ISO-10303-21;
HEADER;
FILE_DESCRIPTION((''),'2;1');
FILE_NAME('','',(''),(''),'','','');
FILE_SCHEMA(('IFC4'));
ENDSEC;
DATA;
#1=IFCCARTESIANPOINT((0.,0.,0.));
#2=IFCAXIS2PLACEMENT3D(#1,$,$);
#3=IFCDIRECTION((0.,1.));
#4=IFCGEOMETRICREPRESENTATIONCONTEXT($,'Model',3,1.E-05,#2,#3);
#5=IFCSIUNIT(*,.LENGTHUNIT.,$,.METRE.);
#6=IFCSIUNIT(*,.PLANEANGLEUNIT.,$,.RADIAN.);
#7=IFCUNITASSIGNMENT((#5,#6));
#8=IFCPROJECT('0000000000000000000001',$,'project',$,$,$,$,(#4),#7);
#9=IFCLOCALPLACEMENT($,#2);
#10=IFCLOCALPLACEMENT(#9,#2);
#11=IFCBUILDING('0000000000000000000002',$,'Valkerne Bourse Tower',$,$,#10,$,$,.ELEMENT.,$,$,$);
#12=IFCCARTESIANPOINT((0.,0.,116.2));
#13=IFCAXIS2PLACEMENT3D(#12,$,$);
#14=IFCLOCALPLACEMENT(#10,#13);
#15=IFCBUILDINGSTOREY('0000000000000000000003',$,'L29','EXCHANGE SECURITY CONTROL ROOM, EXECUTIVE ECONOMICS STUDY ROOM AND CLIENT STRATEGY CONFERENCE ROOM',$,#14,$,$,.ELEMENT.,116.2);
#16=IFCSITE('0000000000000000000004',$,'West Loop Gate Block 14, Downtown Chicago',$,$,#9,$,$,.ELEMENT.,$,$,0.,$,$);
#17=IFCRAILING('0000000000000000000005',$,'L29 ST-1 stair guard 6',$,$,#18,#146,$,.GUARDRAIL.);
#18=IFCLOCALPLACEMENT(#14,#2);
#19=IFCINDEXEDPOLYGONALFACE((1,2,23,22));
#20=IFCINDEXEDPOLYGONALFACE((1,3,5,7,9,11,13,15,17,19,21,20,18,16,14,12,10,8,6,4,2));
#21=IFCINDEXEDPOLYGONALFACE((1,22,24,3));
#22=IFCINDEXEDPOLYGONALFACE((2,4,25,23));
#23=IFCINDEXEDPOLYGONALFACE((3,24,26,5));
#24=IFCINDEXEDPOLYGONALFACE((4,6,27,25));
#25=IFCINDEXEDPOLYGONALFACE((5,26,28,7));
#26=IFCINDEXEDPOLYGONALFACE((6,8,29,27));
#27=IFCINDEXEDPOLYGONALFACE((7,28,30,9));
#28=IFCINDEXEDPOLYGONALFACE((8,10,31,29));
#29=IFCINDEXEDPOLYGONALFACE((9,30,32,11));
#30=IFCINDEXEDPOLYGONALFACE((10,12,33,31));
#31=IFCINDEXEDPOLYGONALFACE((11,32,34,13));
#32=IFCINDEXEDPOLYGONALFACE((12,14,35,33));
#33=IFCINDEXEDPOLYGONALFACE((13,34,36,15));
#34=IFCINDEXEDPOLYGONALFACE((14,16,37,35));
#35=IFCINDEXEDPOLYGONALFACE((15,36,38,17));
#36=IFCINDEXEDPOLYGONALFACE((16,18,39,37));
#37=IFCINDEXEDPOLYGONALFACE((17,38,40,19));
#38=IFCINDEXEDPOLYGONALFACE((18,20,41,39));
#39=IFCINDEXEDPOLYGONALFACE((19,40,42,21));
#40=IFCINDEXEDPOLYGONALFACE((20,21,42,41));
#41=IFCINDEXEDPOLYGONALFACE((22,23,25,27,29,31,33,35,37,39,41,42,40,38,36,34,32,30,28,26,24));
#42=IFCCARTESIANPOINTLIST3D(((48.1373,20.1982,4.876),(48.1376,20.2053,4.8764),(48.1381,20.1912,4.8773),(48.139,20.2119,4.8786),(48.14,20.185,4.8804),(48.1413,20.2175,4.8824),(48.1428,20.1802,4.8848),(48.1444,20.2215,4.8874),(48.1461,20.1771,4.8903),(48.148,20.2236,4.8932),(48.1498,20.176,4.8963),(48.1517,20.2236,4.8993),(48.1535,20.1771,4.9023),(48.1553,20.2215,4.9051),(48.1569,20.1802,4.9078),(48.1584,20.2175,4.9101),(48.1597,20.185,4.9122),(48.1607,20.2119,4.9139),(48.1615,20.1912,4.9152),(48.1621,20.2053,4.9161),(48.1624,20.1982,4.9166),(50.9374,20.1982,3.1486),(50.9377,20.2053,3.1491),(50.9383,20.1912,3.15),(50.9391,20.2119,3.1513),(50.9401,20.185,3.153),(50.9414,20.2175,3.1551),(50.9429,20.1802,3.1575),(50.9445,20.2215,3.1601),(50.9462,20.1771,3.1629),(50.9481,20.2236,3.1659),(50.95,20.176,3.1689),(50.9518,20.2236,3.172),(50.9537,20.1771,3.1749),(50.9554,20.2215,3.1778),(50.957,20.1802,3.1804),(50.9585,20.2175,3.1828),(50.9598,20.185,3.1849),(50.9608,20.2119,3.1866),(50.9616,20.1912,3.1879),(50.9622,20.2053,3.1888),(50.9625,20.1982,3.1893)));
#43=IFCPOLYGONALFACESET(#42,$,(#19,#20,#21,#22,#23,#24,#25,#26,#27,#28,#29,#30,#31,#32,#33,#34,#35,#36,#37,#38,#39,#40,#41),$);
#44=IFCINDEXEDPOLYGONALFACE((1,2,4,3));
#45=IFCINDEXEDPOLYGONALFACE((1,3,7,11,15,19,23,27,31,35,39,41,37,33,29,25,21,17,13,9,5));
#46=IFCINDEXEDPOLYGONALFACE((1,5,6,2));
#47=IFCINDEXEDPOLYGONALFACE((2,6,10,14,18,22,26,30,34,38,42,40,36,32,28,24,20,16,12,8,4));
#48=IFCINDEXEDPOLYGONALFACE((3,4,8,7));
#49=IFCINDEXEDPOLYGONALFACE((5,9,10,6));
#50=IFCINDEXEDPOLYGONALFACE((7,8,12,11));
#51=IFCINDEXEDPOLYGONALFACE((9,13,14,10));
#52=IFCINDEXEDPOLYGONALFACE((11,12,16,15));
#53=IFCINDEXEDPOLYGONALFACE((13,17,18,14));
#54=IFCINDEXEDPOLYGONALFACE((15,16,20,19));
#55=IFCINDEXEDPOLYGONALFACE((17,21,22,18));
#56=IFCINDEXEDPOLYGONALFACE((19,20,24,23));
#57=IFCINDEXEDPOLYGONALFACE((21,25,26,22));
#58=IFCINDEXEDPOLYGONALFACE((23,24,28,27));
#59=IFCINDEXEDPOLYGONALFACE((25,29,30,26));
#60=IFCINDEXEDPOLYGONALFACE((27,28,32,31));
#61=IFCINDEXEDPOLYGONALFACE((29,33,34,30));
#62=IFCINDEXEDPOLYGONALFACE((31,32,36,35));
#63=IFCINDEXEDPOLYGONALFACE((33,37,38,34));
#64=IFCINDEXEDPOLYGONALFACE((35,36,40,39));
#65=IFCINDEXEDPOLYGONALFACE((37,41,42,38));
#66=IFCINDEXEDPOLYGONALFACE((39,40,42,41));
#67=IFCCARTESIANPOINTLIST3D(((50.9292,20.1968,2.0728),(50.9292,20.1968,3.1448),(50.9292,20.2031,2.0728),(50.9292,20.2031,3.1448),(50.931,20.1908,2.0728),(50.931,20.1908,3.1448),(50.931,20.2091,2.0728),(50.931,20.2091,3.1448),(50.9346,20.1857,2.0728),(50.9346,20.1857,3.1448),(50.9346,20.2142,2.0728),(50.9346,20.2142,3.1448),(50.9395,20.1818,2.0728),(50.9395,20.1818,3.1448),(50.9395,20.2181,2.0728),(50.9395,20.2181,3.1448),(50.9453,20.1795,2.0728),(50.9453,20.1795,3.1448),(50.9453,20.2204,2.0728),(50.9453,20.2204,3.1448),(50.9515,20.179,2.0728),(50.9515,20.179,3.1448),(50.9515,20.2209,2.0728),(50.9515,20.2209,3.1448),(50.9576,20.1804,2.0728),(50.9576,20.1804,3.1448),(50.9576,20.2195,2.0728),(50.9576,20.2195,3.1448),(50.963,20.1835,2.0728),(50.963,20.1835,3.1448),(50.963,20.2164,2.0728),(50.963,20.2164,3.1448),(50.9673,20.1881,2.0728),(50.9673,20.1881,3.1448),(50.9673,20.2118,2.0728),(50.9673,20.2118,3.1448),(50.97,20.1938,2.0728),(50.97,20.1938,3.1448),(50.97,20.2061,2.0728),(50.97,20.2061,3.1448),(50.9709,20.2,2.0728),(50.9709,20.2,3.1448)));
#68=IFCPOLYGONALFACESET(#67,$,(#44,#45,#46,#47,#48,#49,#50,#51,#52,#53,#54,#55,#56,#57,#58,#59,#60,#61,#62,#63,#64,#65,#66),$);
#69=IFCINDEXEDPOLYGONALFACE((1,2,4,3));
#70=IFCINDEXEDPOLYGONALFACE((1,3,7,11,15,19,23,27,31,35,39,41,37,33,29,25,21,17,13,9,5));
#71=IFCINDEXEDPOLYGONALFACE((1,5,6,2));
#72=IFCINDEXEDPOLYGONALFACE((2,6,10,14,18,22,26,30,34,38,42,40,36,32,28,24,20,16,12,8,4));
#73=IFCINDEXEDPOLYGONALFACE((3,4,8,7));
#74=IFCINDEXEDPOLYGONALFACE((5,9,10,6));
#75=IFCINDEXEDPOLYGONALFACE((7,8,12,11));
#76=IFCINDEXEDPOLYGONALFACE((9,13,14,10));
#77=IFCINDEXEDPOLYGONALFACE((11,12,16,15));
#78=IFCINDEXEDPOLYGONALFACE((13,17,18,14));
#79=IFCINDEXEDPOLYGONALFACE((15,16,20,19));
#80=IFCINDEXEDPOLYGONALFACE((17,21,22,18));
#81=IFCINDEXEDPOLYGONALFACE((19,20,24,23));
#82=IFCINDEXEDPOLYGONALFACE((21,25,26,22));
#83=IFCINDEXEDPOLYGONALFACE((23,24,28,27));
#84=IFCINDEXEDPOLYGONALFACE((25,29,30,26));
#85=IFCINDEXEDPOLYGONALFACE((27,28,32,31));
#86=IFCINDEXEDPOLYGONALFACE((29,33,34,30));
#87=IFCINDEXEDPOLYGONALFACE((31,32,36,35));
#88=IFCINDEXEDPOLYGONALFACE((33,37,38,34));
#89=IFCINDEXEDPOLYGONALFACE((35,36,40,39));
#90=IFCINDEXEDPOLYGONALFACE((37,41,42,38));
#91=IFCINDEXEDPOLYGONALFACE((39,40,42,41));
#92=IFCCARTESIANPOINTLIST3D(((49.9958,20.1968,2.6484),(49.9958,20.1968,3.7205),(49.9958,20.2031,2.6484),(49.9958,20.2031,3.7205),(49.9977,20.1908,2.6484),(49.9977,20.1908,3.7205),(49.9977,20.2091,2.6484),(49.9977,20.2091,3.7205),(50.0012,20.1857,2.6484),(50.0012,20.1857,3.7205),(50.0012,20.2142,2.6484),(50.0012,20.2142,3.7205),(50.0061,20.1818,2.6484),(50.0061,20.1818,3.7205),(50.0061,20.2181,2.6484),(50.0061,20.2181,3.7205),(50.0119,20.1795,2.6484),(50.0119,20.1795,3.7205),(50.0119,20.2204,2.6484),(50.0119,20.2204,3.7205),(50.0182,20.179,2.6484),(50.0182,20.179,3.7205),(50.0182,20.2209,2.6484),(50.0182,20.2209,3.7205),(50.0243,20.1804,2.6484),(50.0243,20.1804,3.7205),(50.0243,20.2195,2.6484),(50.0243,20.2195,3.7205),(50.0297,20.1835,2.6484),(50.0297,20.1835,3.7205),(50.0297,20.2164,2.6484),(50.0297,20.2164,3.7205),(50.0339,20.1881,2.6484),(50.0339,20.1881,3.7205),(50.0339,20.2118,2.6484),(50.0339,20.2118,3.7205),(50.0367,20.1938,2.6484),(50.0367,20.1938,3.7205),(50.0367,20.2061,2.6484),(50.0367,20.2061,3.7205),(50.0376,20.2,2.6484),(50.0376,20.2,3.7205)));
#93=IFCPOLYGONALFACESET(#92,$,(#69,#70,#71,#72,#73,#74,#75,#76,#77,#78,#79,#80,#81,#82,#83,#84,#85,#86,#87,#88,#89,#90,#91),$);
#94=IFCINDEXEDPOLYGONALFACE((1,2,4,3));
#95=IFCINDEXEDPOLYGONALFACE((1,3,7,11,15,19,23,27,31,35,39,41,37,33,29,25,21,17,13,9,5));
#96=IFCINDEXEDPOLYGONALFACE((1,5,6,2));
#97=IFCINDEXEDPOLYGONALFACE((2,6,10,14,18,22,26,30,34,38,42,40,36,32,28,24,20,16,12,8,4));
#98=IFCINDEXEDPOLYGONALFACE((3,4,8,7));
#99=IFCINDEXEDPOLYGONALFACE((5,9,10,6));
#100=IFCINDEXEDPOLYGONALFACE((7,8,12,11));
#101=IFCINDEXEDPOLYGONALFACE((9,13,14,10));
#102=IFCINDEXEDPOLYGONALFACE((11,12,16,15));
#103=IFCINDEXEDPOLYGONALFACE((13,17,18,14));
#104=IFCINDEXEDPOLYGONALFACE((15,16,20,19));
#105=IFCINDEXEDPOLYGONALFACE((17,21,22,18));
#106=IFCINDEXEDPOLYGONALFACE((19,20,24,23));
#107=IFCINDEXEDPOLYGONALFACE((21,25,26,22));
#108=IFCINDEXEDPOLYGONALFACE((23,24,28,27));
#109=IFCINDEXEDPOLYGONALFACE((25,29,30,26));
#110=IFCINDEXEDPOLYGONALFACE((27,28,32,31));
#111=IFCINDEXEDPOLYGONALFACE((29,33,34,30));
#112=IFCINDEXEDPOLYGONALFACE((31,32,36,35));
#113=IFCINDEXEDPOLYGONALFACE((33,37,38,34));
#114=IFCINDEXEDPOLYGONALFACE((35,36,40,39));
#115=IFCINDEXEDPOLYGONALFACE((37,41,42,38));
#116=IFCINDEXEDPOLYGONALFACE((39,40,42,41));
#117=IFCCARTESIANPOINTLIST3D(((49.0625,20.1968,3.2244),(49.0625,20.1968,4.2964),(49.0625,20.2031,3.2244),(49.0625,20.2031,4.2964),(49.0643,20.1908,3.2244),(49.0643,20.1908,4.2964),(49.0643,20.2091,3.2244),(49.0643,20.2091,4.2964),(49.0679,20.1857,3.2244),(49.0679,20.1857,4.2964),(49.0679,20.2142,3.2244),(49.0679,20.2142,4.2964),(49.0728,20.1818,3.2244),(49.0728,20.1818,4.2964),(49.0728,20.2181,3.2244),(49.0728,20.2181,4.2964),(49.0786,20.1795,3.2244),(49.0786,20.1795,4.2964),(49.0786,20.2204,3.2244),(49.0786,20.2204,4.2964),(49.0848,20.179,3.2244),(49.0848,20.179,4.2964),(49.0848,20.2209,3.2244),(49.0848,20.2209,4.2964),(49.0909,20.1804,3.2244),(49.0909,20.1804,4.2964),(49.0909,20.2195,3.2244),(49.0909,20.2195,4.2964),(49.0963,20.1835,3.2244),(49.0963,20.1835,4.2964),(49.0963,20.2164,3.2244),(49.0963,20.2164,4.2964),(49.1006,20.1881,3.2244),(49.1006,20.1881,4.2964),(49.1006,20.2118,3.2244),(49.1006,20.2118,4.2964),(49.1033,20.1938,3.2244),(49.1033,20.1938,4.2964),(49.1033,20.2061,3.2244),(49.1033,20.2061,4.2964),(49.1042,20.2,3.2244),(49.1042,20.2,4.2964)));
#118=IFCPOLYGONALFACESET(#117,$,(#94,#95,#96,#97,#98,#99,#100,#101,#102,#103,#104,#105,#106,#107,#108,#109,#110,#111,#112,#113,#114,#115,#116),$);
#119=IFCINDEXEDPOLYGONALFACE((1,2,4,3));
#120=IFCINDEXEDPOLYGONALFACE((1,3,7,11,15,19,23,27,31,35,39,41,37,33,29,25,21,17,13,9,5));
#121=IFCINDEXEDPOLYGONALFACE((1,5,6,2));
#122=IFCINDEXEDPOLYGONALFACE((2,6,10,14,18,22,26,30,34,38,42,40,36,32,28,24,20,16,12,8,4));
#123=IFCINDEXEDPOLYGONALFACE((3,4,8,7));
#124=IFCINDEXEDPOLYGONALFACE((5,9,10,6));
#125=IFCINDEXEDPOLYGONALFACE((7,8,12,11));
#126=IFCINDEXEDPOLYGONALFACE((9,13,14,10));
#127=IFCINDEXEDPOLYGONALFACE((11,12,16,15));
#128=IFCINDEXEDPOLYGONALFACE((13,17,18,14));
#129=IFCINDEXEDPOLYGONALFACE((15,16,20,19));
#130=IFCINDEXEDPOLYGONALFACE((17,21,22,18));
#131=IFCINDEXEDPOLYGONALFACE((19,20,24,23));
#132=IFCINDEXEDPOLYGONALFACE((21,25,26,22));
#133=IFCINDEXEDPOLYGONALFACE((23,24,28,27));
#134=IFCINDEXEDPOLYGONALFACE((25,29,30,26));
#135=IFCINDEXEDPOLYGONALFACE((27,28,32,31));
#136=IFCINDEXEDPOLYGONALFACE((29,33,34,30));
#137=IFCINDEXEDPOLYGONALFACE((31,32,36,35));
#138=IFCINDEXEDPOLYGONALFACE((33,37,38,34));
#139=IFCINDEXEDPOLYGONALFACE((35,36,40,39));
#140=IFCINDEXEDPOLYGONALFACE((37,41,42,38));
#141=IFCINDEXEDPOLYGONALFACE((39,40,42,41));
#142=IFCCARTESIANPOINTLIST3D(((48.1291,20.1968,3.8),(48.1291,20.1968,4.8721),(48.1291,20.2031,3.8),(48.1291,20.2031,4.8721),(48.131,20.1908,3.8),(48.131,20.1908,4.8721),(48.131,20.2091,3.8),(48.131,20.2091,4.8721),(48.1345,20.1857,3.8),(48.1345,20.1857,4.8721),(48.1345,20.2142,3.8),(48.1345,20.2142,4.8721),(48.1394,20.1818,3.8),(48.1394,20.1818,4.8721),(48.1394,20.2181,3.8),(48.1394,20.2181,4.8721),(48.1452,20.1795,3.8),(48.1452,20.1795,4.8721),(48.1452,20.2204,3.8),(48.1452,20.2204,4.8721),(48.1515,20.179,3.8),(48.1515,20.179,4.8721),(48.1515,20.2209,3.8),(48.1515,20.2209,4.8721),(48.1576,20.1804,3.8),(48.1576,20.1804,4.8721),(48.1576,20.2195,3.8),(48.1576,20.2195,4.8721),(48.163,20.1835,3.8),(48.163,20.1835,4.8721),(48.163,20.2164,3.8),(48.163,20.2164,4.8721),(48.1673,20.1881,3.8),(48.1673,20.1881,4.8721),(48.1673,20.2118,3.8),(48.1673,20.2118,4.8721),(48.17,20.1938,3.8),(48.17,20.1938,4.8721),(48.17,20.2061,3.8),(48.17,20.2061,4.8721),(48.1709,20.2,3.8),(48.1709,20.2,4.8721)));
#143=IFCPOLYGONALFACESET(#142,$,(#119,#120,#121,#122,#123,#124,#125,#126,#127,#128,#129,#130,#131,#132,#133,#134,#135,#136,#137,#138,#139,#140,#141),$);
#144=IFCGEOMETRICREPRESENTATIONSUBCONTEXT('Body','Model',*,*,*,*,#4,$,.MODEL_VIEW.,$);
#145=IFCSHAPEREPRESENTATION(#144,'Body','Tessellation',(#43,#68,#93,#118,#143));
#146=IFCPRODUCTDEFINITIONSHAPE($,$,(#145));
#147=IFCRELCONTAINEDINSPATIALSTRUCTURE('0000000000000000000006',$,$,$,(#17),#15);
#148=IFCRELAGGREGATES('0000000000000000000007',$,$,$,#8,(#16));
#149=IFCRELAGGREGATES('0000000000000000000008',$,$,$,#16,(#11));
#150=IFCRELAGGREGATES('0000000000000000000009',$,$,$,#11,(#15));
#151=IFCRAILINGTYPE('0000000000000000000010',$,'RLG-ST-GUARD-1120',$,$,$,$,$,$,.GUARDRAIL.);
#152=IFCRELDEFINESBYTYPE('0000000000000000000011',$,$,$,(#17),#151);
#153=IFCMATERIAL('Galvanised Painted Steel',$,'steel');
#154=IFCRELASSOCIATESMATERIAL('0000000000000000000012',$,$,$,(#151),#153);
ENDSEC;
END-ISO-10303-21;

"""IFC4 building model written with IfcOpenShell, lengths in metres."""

from ifc_helpers import new_model, si_unit, direction, frame, origin, origin_2d, place, context, subcontext, project, spatial, circle, extrude, material, type_object, element, save


model = new_model("IFC4")

# Units and contexts
model_context = context("Model", 3, precision=1e-05, world=origin(), true_north=direction((0.0, 1.0)))
body_context = subcontext(model_context, "Body", "Model", "MODEL_VIEW")
ifc_project = project(units=[si_unit("LENGTHUNIT", "METRE"), si_unit("PLANEANGLEUNIT", "RADIAN")], contexts=[model_context])

# Site, building, storey
site_placement = place(None, origin())
site = spatial("IfcSite", under=ifc_project, at=site_placement, Name="West Loop Gate Block 14, Downtown Chicago", CompositionType="ELEMENT", RefElevation=0.0)
building_placement = place(site_placement, origin())
building = spatial("IfcBuilding", under=site, at=building_placement, Name="Valkerne Bourse Tower", CompositionType="ELEMENT")
storey_placement = place(building_placement, frame((0.0, 0.0, 116.2)))
storey = spatial("IfcBuildingStorey", under=building, at=storey_placement, Name="L29", Description="EXCHANGE SECURITY CONTROL ROOM, EXECUTIVE ECONOMICS STUDY ROOM AND CLIENT STRATEGY CONFERENCE ROOM", CompositionType="ELEMENT", Elevation=116.2)

# Shared definitions
ifc_material_1 = material(Name="Galvanised Painted Steel", Category="steel")

# Railing
railing_type_1 = type_object("IfcRailingType", Name="RLG-ST-GUARD-1120", PredefinedType="GUARDRAIL", material=ifc_material_1)
railing_1_placement = place(storey_placement, frame((50.95, 20.2, 2.0728)))
element("IfcRailing", 1, at=railing_1_placement, inside=storey, type_object=railing_type_1, Name="L29 ST-1 stair guard 6", PredefinedType="GUARDRAIL", context=body_context, shape_type="SweptSolid", body=[
    extrude(circle(Radius=0.0239, at=origin_2d()), frame((0.0, 0.0, 1.0962), z_axis=(-0.85109, 0.0, 0.52502), x_axis=(0.0, -1.0, 0.0)), (0.0, 0.0, 1.0), 3.29),
    extrude(circle(Radius=0.021, at=origin_2d()), origin(), (0.0, 0.0, 1.0), 1.072),
    extrude(circle(Radius=0.021, at=origin_2d()), frame((-0.9333, 0.0, 0.5757)), (0.0, 0.0, 1.0), 1.072),
    extrude(circle(Radius=0.021, at=origin_2d()), frame((-1.8667, 0.0, 1.1516)), (0.0, 0.0, 1.0), 1.072),
    extrude(circle(Radius=0.021, at=origin_2d()), frame((-2.8, 0.0, 1.7273)), (0.0, 0.0, 1.0), 1.072),
])

save(model, "model.ifc")
